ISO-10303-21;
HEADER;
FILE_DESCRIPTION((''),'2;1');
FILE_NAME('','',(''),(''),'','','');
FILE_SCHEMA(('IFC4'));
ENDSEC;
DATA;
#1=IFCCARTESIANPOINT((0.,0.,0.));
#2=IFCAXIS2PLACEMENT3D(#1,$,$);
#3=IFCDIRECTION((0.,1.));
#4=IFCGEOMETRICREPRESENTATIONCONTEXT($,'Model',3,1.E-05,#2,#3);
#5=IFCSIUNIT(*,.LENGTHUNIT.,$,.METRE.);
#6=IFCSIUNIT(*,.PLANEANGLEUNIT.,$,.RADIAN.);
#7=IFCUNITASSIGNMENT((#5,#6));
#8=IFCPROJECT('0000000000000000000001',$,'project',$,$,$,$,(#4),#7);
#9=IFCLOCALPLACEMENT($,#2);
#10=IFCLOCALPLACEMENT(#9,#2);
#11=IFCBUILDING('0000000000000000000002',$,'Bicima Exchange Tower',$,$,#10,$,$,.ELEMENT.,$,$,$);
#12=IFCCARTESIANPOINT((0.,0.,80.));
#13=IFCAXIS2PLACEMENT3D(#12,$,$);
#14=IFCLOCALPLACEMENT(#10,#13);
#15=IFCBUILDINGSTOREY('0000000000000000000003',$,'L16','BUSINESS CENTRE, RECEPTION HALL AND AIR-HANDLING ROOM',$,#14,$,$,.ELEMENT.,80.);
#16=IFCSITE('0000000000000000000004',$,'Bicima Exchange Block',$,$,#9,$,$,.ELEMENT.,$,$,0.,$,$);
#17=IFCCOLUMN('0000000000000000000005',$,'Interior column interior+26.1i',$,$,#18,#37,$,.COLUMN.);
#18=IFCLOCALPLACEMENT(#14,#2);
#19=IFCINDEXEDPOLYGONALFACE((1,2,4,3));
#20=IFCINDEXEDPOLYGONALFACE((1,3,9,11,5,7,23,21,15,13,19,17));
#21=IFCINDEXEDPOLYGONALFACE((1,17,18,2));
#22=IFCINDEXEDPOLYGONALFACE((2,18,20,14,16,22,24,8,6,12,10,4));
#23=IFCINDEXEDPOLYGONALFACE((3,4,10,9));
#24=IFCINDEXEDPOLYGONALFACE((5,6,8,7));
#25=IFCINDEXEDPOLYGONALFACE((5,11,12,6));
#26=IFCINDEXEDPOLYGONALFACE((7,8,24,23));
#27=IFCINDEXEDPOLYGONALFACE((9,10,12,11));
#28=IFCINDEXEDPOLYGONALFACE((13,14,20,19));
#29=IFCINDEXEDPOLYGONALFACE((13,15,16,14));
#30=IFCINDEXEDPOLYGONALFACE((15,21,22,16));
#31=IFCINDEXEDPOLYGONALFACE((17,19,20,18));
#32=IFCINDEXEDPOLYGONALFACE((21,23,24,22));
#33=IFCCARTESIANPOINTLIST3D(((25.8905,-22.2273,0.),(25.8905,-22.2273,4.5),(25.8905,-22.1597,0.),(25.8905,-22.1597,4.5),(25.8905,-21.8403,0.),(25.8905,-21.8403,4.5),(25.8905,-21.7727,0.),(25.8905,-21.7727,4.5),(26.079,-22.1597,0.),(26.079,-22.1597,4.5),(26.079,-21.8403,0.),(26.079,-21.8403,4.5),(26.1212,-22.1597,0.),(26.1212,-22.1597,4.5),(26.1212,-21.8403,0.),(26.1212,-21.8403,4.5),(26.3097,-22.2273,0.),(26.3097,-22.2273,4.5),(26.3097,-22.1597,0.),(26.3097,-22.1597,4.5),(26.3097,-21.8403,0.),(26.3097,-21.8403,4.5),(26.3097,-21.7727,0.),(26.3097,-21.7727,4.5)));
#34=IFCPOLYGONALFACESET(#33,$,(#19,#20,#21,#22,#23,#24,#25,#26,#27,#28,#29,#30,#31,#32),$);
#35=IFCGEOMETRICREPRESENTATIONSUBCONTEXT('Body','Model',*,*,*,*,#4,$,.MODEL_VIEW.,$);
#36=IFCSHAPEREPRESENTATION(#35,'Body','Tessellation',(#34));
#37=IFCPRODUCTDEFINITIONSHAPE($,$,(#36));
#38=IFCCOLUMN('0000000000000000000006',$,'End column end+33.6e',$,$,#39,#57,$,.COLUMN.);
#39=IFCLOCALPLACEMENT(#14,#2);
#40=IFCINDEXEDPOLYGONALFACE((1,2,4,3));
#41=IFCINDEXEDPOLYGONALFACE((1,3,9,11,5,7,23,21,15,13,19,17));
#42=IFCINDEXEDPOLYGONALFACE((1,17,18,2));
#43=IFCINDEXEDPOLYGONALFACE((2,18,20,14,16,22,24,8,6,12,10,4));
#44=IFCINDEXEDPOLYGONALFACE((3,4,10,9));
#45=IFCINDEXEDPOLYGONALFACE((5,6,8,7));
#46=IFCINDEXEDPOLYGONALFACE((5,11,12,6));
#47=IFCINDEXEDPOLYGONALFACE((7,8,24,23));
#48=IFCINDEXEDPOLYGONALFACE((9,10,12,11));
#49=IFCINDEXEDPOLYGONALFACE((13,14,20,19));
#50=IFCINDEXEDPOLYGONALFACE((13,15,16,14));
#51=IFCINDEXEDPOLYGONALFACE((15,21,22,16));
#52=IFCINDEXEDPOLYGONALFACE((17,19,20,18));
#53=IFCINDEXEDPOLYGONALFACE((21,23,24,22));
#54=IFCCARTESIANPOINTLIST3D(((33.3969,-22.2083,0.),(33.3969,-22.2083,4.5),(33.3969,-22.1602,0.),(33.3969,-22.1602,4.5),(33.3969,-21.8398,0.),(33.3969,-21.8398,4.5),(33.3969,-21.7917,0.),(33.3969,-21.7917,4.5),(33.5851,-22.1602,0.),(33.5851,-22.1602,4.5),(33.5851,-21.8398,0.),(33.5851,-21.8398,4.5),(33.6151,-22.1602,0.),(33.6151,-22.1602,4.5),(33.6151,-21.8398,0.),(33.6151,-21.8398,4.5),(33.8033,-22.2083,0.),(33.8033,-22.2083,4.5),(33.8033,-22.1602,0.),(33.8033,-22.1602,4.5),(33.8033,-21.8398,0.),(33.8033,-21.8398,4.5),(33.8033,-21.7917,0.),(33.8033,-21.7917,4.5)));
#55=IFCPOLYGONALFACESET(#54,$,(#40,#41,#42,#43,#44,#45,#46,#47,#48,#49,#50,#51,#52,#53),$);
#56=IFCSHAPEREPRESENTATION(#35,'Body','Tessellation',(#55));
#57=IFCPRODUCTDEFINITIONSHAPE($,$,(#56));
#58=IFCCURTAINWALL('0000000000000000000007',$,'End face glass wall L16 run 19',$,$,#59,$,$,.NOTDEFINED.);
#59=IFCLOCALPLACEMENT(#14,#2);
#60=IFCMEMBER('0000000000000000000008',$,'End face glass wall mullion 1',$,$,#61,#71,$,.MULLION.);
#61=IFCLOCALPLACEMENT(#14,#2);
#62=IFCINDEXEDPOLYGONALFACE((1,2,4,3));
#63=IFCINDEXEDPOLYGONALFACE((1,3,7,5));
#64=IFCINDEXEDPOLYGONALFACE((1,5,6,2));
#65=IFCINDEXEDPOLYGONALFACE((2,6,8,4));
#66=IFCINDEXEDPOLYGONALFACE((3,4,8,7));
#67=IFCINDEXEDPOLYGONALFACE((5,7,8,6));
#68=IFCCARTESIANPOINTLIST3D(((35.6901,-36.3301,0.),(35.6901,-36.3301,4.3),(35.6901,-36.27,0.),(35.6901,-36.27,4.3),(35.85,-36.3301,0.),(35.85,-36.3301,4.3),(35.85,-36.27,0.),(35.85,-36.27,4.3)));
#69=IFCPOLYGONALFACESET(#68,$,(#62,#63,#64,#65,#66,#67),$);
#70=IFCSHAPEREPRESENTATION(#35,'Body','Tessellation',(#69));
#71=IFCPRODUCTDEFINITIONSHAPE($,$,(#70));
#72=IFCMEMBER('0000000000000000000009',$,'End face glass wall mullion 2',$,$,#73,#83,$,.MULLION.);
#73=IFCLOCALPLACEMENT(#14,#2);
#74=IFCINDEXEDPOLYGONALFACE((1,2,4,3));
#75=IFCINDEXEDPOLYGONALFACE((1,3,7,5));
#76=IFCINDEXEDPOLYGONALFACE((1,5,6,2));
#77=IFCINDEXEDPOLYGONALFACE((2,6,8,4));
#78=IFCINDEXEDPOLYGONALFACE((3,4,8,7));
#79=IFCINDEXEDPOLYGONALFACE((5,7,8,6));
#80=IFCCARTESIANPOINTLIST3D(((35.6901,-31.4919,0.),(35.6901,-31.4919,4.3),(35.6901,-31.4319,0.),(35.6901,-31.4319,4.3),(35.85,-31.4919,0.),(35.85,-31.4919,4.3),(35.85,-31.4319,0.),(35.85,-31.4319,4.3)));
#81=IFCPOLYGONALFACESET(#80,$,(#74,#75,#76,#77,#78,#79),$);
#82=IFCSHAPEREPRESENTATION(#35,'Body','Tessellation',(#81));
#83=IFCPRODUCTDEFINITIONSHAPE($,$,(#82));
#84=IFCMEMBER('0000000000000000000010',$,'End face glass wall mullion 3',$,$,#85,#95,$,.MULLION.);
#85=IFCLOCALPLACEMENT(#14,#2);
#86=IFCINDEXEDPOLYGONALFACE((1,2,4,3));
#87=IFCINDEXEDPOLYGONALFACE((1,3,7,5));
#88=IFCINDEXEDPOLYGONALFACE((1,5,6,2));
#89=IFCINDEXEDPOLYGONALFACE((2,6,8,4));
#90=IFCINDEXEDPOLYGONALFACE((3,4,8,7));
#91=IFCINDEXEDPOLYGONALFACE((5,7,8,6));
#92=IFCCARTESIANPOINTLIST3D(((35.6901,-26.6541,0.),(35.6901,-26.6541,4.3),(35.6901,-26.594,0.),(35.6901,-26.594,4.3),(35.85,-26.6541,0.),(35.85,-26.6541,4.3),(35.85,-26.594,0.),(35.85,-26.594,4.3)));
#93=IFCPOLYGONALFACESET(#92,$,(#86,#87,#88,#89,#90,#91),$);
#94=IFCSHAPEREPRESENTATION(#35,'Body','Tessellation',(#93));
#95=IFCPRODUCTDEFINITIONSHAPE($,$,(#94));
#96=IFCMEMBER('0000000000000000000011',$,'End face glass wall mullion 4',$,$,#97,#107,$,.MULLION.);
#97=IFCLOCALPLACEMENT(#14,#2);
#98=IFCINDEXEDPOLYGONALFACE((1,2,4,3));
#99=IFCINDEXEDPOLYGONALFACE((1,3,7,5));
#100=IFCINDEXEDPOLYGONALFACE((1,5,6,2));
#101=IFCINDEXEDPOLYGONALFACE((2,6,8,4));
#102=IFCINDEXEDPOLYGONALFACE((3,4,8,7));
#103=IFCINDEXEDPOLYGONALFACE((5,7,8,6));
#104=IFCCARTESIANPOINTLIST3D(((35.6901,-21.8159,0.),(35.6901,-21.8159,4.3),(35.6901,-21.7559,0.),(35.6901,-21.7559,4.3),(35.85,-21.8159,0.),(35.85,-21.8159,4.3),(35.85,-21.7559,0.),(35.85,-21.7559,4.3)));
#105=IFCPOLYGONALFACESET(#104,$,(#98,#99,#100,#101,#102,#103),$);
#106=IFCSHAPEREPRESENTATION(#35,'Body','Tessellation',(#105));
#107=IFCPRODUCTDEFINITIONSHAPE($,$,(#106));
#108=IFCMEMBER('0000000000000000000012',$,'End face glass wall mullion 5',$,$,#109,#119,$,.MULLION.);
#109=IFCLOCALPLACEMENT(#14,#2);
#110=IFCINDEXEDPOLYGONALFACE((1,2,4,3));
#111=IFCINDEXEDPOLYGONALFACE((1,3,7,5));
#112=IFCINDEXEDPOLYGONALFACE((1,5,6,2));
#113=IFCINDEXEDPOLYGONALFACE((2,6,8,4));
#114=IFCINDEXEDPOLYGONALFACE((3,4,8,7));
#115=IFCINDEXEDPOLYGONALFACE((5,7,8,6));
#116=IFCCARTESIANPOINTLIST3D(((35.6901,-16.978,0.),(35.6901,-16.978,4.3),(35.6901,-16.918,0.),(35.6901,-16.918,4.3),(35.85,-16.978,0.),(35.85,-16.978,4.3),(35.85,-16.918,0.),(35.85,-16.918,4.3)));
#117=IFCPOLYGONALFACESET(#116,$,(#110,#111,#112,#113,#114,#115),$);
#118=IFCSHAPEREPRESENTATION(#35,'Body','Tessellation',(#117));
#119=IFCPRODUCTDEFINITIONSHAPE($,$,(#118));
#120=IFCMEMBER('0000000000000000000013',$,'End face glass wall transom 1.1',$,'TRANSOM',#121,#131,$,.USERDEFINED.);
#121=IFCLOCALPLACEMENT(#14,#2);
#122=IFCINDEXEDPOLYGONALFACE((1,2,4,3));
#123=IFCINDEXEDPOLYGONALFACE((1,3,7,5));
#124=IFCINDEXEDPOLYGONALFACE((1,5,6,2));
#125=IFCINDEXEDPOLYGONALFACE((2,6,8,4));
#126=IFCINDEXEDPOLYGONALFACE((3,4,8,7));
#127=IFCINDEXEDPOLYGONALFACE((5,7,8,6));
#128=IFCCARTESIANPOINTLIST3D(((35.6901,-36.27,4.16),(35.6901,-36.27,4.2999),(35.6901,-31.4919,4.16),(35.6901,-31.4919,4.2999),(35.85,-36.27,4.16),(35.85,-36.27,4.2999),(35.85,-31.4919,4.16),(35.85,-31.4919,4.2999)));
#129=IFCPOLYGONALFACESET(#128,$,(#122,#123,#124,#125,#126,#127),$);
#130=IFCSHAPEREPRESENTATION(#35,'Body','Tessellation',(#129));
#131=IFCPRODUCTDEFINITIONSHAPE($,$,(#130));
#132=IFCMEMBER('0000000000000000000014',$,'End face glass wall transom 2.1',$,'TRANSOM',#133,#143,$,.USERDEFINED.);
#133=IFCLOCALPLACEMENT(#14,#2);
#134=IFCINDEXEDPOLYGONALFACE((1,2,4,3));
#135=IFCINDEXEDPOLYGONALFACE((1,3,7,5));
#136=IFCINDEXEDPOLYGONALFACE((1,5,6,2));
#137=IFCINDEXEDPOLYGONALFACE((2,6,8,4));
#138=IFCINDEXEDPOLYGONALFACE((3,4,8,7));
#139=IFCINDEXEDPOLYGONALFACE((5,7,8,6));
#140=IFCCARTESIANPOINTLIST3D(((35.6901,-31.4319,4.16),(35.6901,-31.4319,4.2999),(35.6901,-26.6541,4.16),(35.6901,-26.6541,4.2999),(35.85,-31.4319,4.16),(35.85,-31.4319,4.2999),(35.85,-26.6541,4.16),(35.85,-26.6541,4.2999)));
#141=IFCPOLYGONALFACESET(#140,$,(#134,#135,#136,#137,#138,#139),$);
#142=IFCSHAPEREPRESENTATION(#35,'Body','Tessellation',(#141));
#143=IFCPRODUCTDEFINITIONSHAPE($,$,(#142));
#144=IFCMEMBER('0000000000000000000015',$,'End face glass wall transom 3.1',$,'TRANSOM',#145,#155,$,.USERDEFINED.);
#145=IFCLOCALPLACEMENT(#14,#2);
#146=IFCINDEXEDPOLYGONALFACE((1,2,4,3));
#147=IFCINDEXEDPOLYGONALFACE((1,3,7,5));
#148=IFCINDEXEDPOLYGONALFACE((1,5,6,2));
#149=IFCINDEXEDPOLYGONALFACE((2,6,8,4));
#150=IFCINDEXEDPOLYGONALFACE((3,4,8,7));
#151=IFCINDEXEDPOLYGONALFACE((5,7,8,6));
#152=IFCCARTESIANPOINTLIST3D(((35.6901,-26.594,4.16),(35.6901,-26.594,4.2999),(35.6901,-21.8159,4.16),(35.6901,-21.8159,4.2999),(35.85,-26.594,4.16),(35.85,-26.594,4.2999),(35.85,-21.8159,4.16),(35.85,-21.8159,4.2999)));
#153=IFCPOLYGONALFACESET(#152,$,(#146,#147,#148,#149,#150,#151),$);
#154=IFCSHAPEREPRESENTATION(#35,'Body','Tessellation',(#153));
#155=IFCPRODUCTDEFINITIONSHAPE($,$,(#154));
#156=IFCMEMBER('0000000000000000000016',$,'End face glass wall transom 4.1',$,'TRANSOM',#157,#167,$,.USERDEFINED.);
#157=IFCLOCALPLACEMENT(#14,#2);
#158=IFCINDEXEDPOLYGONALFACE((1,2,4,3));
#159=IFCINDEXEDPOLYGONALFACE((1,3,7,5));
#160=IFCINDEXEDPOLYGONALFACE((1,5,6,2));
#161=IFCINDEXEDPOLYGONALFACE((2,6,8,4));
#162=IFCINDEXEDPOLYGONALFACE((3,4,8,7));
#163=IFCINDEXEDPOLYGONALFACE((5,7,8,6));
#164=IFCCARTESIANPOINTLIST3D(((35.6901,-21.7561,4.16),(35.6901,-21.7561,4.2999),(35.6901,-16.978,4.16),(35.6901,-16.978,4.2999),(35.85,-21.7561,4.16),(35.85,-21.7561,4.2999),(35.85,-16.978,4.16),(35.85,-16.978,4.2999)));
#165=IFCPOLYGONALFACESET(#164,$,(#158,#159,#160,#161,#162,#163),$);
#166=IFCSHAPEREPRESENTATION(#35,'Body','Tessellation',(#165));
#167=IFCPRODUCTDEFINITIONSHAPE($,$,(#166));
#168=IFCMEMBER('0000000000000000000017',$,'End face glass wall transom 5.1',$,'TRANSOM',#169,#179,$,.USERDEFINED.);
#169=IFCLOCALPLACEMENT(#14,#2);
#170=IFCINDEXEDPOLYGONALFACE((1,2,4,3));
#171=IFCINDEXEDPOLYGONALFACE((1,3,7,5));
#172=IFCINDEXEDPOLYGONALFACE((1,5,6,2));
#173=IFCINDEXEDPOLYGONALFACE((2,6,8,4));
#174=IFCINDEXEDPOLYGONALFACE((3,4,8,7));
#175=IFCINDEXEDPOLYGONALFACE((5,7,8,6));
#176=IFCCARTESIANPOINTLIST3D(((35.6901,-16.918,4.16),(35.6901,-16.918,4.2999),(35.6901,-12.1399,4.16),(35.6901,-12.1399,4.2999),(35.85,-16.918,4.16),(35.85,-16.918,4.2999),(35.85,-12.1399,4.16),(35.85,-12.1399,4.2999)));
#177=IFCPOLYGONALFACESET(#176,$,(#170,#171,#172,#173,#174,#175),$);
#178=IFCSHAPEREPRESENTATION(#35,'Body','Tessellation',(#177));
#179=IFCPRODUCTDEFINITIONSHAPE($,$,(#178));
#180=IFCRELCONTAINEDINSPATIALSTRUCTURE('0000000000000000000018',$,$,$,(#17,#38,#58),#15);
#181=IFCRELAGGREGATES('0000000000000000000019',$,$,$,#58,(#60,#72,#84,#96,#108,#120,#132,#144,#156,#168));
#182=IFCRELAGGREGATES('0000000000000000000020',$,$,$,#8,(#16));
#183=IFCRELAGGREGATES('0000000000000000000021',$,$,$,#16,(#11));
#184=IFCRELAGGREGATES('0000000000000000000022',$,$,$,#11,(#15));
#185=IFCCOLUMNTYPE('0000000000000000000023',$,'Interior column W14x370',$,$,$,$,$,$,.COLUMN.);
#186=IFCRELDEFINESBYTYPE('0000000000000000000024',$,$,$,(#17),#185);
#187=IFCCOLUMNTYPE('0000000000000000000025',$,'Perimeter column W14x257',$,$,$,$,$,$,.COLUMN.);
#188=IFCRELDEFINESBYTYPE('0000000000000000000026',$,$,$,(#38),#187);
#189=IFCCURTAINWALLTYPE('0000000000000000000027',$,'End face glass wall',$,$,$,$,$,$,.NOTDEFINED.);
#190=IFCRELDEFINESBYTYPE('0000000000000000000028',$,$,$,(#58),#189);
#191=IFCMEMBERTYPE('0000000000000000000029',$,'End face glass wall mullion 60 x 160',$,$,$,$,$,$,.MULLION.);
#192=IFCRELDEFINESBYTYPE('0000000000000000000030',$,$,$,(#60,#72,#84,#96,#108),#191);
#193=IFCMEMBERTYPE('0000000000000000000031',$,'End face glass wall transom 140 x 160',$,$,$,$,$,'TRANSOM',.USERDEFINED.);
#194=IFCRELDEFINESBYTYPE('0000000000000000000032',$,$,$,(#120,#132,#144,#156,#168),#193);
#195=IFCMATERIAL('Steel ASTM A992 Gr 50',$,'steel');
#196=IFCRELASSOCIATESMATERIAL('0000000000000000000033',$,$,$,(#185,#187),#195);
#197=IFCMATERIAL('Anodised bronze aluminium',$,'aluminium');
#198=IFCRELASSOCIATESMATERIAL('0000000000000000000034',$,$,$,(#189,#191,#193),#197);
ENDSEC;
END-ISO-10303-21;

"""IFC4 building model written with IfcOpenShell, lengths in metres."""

from ifc_helpers import new_model, si_unit, direction, frame, origin, origin_2d, place, context, subcontext, project, spatial, rectangle, i_section, extrude, material, material_profile, profile_set, type_object, element, aggregate, save


model = new_model("IFC4")

# Units and contexts
model_context = context("Model", 3, precision=1e-05, world=origin(), true_north=direction((0.0, 1.0)))
body_context = subcontext(model_context, "Body", "Model", "MODEL_VIEW")
ifc_project = project(units=[si_unit("LENGTHUNIT", "METRE"), si_unit("PLANEANGLEUNIT", "RADIAN")], contexts=[model_context])

# Site, building, storey
site_placement = place(None, origin())
site = spatial("IfcSite", under=ifc_project, at=site_placement, Name="Bicima Exchange Block", CompositionType="ELEMENT", RefElevation=0.0)
building_placement = place(site_placement, origin())
building = spatial("IfcBuilding", under=site, at=building_placement, Name="Bicima Exchange Tower", CompositionType="ELEMENT")
storey_placement = place(building_placement, frame((0.0, 0.0, 80.0)))
storey = spatial("IfcBuildingStorey", under=building, at=storey_placement, Name="L16", Description="BUSINESS CENTRE, RECEPTION HALL AND AIR-HANDLING ROOM", CompositionType="ELEMENT", Elevation=80.0)

# Columns
ifc_material_1 = material(Name="Steel ASTM A992 Gr 50", Category="steel")
ifc_material_profile_1 = material_profile(ifc_material_1, i_section(OverallWidth=0.4192, OverallDepth=0.4546, WebThickness=0.0422, FlangeThickness=0.0676, at=origin_2d()))
ifc_profile_set_1 = profile_set([ifc_material_profile_1], Name="Steel ASTM A992 Gr 50")
column_type_1 = type_object("IfcColumnType", Name="Interior column W14x370", PredefinedType="COLUMN", material=ifc_profile_set_1)
column_1_placement = place(storey_placement, frame((26.1001, -22.0, 0.0), z_axis=(0.0, 0.0, 1.0), x_axis=(1.0, 0.0, 0.0)))
element("IfcColumn", 1, at=column_1_placement, inside=storey, type_object=column_type_1, Name="Interior column interior+26.1i", PredefinedType="COLUMN", context=body_context, shape_type="SweptSolid", body=[
    extrude(i_section(OverallWidth=0.4192, OverallDepth=0.4546, WebThickness=0.0422, FlangeThickness=0.0676, at=origin_2d()), origin(), (0.0, 0.0, 1.0), 4.5),
])
ifc_material_profile_2 = material_profile(ifc_material_1, i_section(OverallWidth=0.4065, OverallDepth=0.4165, WebThickness=0.03, FlangeThickness=0.0481, at=origin_2d()))
ifc_profile_set_2 = profile_set([ifc_material_profile_2], Name="Steel ASTM A992 Gr 50")
column_type_2 = type_object("IfcColumnType", Name="Perimeter column W14x257", PredefinedType="COLUMN", material=ifc_profile_set_2)
column_2_placement = place(storey_placement, frame((33.6001, -22.0, 0.0), z_axis=(0.0, 0.0, 1.0), x_axis=(1.0, 0.0, 0.0)))
element("IfcColumn", 2, at=column_2_placement, inside=storey, type_object=column_type_2, Name="End column end+33.6e", PredefinedType="COLUMN", context=body_context, shape_type="SweptSolid", body=[
    extrude(i_section(OverallWidth=0.4065, OverallDepth=0.4165, WebThickness=0.03, FlangeThickness=0.0481, at=origin_2d()), origin(), (0.0, 0.0, 1.0), 4.5),
])

# Curtain wall, members
ifc_material_2 = material(Name="Anodised bronze aluminium", Category="aluminium")
curtain_wall_type = type_object("IfcCurtainWallType", Name="End face glass wall", PredefinedType="NOTDEFINED", material=ifc_material_2)
curtain_wall_placement = place(storey_placement, origin())
curtain_wall = element("IfcCurtainWall", 3, at=curtain_wall_placement, inside=storey, type_object=curtain_wall_type, Name="End face glass wall L16 run 19", PredefinedType="NOTDEFINED")
ifc_material_profile_3 = material_profile(ifc_material_2, rectangle(XDim=0.1599, YDim=0.0601, at=origin_2d()))
ifc_profile_set_3 = profile_set([ifc_material_profile_3], Name="Anodised bronze aluminium")
member_type_1 = type_object("IfcMemberType", Name="End face glass wall mullion 60 x 160", PredefinedType="MULLION", material=ifc_profile_set_3)
member_1_placement = place(storey_placement, frame((35.77, -36.3, 0.0), z_axis=(0.0, 0.0, 1.0), x_axis=(-1.0, 0.0, 0.0)))
member_1 = element("IfcMember", 4, at=member_1_placement, type_object=member_type_1, Name="End face glass wall mullion 1", PredefinedType="MULLION", context=body_context, shape_type="SweptSolid", body=[
    extrude(rectangle(XDim=0.1599, YDim=0.0601, at=origin_2d()), origin(), (0.0, 0.0, 1.0), 4.3),
])
member_2_placement = place(storey_placement, frame((35.77, -31.4619, 0.0), z_axis=(0.0, 0.0, 1.0), x_axis=(-1.0, 0.0, 0.0)))
member_2 = element("IfcMember", 5, at=member_2_placement, type_object=member_type_1, Name="End face glass wall mullion 2", PredefinedType="MULLION", context=body_context, shape_type="SweptSolid", body=[
    extrude(rectangle(XDim=0.1599, YDim=0.0601, at=origin_2d()), origin(), (0.0, 0.0, 1.0), 4.3),
])
member_3_placement = place(storey_placement, frame((35.77, -26.624, 0.0), z_axis=(0.0, 0.0, 1.0), x_axis=(-1.0, 0.0, 0.0)))
member_3 = element("IfcMember", 6, at=member_3_placement, type_object=member_type_1, Name="End face glass wall mullion 3", PredefinedType="MULLION", context=body_context, shape_type="SweptSolid", body=[
    extrude(rectangle(XDim=0.1599, YDim=0.0601, at=origin_2d()), origin(), (0.0, 0.0, 1.0), 4.3),
])
member_4_placement = place(storey_placement, frame((35.77, -21.7859, 0.0), z_axis=(0.0, 0.0, 1.0), x_axis=(-1.0, 0.0, 0.0)))
member_4 = element("IfcMember", 7, at=member_4_placement, type_object=member_type_1, Name="End face glass wall mullion 4", PredefinedType="MULLION", context=body_context, shape_type="SweptSolid", body=[
    extrude(rectangle(XDim=0.1599, YDim=0.0601, at=origin_2d()), origin(), (0.0, 0.0, 1.0), 4.3),
])
member_5_placement = place(storey_placement, frame((35.77, -16.948, 0.0), z_axis=(0.0, 0.0, 1.0), x_axis=(-1.0, 0.0, 0.0)))
member_5 = element("IfcMember", 8, at=member_5_placement, type_object=member_type_1, Name="End face glass wall mullion 5", PredefinedType="MULLION", context=body_context, shape_type="SweptSolid", body=[
    extrude(rectangle(XDim=0.1599, YDim=0.0601, at=origin_2d()), origin(), (0.0, 0.0, 1.0), 4.3),
])
ifc_material_profile_4 = material_profile(ifc_material_2, rectangle(XDim=0.1599, YDim=0.1399, at=origin_2d()))
ifc_profile_set_4 = profile_set([ifc_material_profile_4], Name="Anodised bronze aluminium")
member_type_2 = type_object("IfcMemberType", Name="End face glass wall transom 140 x 160", ElementType="TRANSOM", PredefinedType="USERDEFINED", material=ifc_profile_set_4)
member_6_placement = place(storey_placement, frame((35.77, -36.27, 4.23), z_axis=(0.0, 1.0, 0.0), x_axis=(-1.0, 0.0, 0.0)))
member_6 = element("IfcMember", 9, at=member_6_placement, type_object=member_type_2, Name="End face glass wall transom 1.1", ObjectType="TRANSOM", PredefinedType="USERDEFINED", context=body_context, shape_type="SweptSolid", body=[
    extrude(rectangle(XDim=0.1599, YDim=0.1399, at=origin_2d()), origin(), (0.0, 0.0, 1.0), 4.7781),
])
member_7_placement = place(storey_placement, frame((35.77, -31.4319, 4.23), z_axis=(0.0, 1.0, 0.0), x_axis=(-1.0, 0.0, 0.0)))
member_7 = element("IfcMember", 10, at=member_7_placement, type_object=member_type_2, Name="End face glass wall transom 2.1", ObjectType="TRANSOM", PredefinedType="USERDEFINED", context=body_context, shape_type="SweptSolid", body=[
    extrude(rectangle(XDim=0.1599, YDim=0.1399, at=origin_2d()), origin(), (0.0, 0.0, 1.0), 4.7778),
])
member_8_placement = place(storey_placement, frame((35.77, -26.594, 4.23), z_axis=(0.0, 1.0, 0.0), x_axis=(-1.0, 0.0, 0.0)))
member_8 = element("IfcMember", 11, at=member_8_placement, type_object=member_type_2, Name="End face glass wall transom 3.1", ObjectType="TRANSOM", PredefinedType="USERDEFINED", context=body_context, shape_type="SweptSolid", body=[
    extrude(rectangle(XDim=0.1599, YDim=0.1399, at=origin_2d()), origin(), (0.0, 0.0, 1.0), 4.7781),
])
member_9_placement = place(storey_placement, frame((35.77, -21.7561, 4.23), z_axis=(0.0, 1.0, 0.0), x_axis=(-1.0, 0.0, 0.0)))
member_9 = element("IfcMember", 12, at=member_9_placement, type_object=member_type_2, Name="End face glass wall transom 4.1", ObjectType="TRANSOM", PredefinedType="USERDEFINED", context=body_context, shape_type="SweptSolid", body=[
    extrude(rectangle(XDim=0.1599, YDim=0.1399, at=origin_2d()), origin(), (0.0, 0.0, 1.0), 4.7781),
])
member_10_placement = place(storey_placement, frame((35.77, -16.918, 4.23), z_axis=(0.0, 1.0, 0.0), x_axis=(-1.0, 0.0, 0.0)))
member_10 = element("IfcMember", 13, at=member_10_placement, type_object=member_type_2, Name="End face glass wall transom 5.1", ObjectType="TRANSOM", PredefinedType="USERDEFINED", context=body_context, shape_type="SweptSolid", body=[
    extrude(rectangle(XDim=0.1599, YDim=0.1399, at=origin_2d()), origin(), (0.0, 0.0, 1.0), 4.7781),
])

aggregate(curtain_wall, [member_1, member_2, member_3, member_4, member_5, member_6, member_7, member_8, member_9, member_10])

save(model, "model.ifc")
